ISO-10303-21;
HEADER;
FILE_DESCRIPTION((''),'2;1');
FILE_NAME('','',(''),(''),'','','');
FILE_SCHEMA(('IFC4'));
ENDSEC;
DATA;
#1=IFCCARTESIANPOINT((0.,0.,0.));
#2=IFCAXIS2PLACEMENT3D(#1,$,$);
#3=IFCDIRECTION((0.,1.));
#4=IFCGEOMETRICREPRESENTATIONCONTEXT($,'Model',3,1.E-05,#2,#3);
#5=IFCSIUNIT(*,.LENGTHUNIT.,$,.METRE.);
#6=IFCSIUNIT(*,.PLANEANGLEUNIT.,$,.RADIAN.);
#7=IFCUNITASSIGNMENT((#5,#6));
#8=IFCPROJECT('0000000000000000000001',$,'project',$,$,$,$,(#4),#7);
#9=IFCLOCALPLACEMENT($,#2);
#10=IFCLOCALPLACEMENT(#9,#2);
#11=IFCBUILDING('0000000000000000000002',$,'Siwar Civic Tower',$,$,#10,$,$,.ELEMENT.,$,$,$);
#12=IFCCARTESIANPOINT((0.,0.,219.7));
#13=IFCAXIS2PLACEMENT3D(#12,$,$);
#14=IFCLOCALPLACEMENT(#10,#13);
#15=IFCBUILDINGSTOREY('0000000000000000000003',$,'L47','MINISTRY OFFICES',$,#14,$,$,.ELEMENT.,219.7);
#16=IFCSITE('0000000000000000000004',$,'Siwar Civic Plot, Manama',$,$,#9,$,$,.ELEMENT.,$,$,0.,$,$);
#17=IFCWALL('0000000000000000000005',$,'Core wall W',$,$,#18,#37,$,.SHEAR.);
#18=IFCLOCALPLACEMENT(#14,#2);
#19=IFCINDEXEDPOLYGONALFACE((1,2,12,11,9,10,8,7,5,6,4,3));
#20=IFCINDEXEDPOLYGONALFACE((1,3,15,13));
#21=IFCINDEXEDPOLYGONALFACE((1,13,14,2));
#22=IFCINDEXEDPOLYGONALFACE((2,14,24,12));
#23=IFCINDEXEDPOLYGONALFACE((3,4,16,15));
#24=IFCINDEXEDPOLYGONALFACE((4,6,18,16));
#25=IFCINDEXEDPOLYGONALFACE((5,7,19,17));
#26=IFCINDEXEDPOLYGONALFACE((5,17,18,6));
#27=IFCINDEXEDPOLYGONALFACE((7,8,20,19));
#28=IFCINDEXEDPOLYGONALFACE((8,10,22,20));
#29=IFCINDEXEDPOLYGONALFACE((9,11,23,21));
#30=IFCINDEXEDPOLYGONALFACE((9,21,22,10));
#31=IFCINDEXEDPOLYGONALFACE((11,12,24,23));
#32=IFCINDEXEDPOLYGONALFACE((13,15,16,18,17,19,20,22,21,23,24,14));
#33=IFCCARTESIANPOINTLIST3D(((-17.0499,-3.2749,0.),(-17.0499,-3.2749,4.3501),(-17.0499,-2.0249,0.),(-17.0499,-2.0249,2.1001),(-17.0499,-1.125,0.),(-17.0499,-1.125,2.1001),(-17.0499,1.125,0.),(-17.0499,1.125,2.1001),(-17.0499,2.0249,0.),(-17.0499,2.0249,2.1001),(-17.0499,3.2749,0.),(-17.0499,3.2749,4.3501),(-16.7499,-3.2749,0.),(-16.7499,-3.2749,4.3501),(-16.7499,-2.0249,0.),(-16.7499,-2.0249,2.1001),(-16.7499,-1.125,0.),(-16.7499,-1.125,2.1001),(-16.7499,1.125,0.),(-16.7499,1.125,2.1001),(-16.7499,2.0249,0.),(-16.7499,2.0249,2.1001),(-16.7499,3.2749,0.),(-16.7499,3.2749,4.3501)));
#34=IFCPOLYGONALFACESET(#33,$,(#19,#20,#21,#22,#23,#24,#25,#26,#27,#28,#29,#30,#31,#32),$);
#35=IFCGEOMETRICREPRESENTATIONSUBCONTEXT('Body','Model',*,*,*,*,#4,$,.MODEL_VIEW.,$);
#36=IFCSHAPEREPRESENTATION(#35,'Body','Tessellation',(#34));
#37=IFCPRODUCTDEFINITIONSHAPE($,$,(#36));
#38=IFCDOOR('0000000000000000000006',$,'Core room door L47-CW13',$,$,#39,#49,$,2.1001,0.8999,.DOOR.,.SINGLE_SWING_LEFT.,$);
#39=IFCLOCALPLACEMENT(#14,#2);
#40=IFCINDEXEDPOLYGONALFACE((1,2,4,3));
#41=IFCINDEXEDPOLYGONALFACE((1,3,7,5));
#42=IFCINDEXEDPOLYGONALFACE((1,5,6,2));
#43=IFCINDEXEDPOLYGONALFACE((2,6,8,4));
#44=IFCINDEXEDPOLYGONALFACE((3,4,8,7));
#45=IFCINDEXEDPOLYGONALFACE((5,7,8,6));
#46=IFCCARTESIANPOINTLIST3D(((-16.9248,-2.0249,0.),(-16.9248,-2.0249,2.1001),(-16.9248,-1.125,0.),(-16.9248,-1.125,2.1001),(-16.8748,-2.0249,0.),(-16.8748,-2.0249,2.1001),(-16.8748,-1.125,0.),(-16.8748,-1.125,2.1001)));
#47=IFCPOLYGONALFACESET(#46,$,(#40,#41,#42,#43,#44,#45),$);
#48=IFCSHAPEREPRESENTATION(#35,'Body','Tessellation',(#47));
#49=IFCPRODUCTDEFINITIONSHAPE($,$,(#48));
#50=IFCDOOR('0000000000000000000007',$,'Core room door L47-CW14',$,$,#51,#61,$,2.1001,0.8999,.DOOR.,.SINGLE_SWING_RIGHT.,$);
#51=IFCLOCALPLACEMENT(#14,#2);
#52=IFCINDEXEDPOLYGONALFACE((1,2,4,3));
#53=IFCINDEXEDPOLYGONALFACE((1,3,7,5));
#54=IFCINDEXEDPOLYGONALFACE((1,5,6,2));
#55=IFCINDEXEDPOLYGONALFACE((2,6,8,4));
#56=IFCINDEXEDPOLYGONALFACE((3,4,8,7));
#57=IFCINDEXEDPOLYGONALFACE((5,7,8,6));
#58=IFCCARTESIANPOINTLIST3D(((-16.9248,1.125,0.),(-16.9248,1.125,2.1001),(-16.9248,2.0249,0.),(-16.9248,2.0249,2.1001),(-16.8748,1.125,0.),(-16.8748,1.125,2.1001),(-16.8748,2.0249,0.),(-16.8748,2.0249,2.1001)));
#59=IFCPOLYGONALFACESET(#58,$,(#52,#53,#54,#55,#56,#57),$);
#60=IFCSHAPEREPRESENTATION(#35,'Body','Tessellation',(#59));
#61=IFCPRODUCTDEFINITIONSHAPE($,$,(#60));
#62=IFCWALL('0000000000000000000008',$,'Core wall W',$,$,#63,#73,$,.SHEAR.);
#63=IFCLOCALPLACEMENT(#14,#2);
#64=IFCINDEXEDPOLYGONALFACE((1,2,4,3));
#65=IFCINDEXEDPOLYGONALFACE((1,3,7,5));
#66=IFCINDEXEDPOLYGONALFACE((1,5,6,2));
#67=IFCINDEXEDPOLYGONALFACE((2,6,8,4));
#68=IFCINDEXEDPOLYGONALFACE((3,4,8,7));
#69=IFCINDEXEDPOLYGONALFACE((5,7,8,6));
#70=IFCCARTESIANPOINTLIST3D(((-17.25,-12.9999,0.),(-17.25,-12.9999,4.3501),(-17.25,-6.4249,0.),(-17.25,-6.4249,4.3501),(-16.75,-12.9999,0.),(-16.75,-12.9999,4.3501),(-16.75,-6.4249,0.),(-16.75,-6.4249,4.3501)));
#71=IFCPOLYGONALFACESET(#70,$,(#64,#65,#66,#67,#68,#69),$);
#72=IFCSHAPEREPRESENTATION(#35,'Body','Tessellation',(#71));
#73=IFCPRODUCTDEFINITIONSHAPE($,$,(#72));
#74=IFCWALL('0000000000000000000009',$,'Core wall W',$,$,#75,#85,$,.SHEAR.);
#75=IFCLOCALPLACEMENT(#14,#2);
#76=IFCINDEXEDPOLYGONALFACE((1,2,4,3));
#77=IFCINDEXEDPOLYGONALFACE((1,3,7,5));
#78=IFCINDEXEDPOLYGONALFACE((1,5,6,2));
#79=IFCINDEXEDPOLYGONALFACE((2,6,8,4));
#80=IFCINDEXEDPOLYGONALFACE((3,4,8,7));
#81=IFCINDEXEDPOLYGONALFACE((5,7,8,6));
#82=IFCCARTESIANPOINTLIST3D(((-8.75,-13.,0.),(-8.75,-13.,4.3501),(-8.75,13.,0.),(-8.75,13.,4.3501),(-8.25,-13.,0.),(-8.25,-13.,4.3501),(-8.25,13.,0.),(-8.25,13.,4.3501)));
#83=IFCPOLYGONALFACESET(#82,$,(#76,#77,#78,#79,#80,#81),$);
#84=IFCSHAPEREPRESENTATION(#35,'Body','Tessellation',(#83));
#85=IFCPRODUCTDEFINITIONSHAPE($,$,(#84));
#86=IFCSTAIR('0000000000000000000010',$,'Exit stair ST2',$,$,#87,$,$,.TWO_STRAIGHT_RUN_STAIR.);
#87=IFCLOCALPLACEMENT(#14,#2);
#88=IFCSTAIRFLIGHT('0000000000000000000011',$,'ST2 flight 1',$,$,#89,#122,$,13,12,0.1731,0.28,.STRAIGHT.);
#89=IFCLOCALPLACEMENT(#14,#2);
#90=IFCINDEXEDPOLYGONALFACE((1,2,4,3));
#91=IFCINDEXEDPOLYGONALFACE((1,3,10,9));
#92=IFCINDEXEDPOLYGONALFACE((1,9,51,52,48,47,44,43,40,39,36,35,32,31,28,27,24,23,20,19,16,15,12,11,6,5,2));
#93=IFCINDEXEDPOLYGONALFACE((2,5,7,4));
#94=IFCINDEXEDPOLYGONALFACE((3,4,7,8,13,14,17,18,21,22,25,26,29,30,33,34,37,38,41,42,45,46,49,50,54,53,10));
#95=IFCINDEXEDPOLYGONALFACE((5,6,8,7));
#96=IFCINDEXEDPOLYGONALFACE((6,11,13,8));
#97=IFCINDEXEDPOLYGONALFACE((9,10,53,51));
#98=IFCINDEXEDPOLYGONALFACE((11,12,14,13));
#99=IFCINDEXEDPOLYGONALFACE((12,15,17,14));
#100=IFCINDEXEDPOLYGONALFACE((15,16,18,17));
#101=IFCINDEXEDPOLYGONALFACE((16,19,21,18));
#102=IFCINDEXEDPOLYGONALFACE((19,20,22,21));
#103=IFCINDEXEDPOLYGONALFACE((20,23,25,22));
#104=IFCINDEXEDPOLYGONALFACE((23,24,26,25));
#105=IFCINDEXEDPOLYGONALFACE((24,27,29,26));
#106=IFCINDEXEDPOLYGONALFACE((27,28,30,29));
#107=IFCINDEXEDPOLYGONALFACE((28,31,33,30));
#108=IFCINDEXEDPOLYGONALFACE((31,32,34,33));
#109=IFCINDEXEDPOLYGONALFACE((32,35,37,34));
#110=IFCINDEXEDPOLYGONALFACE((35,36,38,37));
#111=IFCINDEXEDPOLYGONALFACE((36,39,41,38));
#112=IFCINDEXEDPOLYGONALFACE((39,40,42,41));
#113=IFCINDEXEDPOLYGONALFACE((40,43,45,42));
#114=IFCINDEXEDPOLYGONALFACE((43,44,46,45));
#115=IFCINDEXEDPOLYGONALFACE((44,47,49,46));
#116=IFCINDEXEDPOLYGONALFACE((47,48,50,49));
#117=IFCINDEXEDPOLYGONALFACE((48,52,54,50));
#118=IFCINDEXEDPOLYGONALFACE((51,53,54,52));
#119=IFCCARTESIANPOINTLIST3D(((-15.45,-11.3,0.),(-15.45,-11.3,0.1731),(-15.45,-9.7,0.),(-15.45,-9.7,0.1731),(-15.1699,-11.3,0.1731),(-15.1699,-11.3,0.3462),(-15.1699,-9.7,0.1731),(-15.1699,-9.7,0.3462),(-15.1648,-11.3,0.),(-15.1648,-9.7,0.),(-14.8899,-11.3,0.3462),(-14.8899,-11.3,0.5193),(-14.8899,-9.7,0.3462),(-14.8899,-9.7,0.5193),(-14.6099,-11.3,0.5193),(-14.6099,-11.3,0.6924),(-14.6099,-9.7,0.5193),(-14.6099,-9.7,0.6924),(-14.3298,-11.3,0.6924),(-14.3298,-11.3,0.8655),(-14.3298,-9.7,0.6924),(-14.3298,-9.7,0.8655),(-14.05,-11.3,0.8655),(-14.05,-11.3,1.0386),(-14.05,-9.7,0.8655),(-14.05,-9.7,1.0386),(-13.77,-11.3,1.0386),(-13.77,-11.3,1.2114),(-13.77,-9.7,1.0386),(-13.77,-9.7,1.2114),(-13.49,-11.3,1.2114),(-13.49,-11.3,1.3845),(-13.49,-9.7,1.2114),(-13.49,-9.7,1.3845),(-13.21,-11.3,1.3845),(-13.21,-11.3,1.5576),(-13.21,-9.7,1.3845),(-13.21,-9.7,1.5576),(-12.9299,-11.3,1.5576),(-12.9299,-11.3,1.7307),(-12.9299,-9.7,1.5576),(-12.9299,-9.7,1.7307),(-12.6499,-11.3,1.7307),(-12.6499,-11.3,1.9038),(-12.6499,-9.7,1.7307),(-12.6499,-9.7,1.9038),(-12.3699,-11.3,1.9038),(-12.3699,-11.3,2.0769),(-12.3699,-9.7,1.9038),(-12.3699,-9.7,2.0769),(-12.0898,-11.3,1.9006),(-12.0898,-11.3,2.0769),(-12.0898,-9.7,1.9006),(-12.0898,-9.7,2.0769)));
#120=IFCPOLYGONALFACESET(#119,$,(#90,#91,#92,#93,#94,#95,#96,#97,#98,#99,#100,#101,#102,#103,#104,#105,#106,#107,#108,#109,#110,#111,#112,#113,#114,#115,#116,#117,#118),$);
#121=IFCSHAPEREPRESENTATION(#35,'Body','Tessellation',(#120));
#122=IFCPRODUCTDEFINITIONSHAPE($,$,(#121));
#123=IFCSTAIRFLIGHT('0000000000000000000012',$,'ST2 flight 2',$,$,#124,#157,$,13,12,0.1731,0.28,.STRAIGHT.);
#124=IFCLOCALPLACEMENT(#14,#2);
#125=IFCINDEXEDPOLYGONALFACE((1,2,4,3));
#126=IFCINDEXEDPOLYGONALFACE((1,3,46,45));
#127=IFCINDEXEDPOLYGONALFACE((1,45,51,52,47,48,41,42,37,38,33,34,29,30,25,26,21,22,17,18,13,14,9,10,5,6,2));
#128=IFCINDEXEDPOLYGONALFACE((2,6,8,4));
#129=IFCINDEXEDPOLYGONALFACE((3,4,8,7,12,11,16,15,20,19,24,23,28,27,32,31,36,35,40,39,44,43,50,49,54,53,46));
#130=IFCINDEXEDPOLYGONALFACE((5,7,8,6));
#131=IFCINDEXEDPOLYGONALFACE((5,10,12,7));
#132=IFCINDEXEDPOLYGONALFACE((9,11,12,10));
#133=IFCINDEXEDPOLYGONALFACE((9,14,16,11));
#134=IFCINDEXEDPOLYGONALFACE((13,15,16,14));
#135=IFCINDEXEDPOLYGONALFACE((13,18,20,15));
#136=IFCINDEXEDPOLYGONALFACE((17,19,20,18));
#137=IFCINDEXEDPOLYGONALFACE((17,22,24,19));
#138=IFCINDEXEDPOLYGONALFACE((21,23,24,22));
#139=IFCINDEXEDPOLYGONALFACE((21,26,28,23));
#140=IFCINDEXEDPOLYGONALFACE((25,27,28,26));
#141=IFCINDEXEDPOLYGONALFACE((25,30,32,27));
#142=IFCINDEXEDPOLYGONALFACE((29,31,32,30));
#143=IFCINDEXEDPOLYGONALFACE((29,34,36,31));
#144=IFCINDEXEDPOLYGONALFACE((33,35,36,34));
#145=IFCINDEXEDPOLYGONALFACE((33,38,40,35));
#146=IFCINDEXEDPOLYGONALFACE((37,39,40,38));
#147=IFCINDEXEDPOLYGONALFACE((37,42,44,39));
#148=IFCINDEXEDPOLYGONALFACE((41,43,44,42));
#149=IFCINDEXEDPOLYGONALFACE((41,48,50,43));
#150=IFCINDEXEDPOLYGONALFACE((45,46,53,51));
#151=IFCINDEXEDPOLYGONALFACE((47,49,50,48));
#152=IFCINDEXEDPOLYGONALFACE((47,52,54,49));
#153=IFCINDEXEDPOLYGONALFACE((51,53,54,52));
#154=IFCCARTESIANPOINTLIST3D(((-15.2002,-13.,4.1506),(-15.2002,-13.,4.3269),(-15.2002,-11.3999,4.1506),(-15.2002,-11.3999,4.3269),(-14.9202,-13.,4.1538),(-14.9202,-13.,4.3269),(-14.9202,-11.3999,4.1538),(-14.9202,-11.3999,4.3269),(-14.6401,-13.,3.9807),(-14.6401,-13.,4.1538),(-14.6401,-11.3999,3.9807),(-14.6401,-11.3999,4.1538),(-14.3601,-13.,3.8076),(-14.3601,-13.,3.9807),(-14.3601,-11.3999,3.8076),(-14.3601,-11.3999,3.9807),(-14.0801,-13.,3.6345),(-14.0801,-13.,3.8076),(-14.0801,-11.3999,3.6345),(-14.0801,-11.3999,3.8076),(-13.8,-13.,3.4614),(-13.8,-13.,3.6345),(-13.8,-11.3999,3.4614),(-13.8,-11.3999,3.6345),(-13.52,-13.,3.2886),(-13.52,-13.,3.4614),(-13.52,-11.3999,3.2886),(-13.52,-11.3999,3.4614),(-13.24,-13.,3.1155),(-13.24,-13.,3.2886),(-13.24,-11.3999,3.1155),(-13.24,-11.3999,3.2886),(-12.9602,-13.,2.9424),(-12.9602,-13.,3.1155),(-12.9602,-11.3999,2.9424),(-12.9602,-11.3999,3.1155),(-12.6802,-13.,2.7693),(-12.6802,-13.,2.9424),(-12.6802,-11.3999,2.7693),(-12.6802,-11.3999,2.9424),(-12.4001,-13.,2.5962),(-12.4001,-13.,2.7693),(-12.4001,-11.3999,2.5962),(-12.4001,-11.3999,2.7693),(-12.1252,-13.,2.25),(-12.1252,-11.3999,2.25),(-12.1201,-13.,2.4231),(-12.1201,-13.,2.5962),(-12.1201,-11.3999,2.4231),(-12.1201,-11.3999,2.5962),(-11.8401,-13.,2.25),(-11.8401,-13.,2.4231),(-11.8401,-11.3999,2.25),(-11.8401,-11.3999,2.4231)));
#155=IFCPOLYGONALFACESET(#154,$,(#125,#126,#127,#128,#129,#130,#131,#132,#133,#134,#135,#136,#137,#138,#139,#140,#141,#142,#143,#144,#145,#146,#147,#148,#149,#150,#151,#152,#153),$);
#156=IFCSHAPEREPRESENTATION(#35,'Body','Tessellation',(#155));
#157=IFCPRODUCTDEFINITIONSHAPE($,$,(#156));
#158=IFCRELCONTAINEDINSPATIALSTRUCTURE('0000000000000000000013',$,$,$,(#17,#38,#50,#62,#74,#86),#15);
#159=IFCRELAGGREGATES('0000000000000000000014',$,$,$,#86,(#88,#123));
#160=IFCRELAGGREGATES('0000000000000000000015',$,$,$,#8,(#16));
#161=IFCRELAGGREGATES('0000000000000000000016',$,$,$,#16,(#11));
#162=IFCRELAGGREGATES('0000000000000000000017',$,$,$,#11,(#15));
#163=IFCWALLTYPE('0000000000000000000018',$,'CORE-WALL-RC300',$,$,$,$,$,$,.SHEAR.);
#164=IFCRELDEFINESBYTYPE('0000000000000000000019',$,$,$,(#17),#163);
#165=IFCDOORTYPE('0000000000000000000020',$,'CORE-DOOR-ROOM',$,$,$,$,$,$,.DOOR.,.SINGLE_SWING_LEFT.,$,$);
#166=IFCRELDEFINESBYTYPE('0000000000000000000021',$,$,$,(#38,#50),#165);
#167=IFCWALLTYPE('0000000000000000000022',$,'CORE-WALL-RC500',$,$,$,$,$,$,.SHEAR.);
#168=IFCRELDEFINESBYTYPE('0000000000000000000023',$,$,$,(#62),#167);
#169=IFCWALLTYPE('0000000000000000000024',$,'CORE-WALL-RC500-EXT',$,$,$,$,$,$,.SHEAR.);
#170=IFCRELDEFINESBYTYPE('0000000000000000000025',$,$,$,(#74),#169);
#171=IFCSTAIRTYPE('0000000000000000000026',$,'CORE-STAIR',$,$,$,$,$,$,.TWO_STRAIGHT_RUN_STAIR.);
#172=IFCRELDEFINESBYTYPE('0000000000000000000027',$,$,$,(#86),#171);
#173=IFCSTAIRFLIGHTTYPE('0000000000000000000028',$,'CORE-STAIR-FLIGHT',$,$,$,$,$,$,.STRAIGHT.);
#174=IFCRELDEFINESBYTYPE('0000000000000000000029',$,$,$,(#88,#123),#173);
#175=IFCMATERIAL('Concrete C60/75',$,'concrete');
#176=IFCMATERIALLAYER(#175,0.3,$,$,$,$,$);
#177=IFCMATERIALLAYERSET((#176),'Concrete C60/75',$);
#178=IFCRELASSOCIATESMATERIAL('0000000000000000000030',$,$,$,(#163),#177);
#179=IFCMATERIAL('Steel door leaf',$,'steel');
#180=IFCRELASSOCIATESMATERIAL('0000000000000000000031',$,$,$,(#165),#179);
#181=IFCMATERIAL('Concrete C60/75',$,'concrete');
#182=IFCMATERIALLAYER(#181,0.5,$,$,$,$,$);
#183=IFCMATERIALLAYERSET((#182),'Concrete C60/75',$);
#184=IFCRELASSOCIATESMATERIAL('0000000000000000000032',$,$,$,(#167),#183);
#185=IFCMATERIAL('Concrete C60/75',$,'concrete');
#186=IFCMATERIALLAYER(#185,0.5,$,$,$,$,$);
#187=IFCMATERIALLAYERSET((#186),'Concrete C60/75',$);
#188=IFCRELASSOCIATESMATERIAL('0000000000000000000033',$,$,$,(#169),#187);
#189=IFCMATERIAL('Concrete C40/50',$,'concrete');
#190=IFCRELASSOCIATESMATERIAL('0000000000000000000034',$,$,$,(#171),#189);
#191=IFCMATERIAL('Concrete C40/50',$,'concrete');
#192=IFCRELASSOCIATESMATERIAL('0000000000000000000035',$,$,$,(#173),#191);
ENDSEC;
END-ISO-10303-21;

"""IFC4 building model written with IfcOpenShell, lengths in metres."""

from ifc_helpers import new_model, si_unit, direction, frame, frame_2d, origin, place, context, subcontext, project, spatial, polyline, rectangle, outline, extrude, material, layer, layer_set, type_object, element, fill, aggregate, save


model = new_model("IFC4")

# Units and contexts
model_context = context("Model", 3, precision=1e-05, world=origin(), true_north=direction((0.0, 1.0)))
body_context = subcontext(model_context, "Body", "Model", "MODEL_VIEW")
ifc_project = project(units=[si_unit("LENGTHUNIT", "METRE"), si_unit("PLANEANGLEUNIT", "RADIAN")], contexts=[model_context])

# Site, building, storey
site_placement = place(None, origin())
site = spatial("IfcSite", under=ifc_project, at=site_placement, Name="Siwar Civic Plot, Manama", CompositionType="ELEMENT", RefElevation=0.0)
building_placement = place(site_placement, origin())
building = spatial("IfcBuilding", under=site, at=building_placement, Name="Siwar Civic Tower", CompositionType="ELEMENT")
storey_placement = place(building_placement, frame((0.0, 0.0, 219.7)))
storey = spatial("IfcBuildingStorey", under=building, at=storey_placement, Name="L47", Description="MINISTRY OFFICES", CompositionType="ELEMENT", Elevation=219.7)

# Wall, openings, doors
ifc_material_1 = material(Name="Concrete C60/75", Category="concrete")
ifc_layer_1 = layer(ifc_material_1, 0.3)
ifc_layer_set_1 = layer_set([ifc_layer_1], Name="Concrete C60/75")
wall_type_1 = type_object("IfcWallType", Name="CORE-WALL-RC300", PredefinedType="SHEAR", material=ifc_layer_set_1)
wall_1_placement = place(storey_placement, frame((-16.8999, -3.2749, 0.0), z_axis=(0.0, 0.0, 1.0), x_axis=(0.0, 1.0, 0.0)))
wall_1 = element("IfcWall", 1, at=wall_1_placement, inside=storey, type_object=wall_type_1, Name="Core wall W", PredefinedType="SHEAR", context=body_context, shape_type="SweptSolid", body=[
    extrude(rectangle(XDim=6.5498, YDim=0.3, at=frame_2d((3.2749, 0.0))), origin(), (0.0, 0.0, 1.0), 4.3501),
])
opening_1_placement = place(wall_1_placement, frame((1.25, 0.0, 0.0)))
opening_1 = element("IfcOpeningElement", 2, at=opening_1_placement, cuts=wall_1, PredefinedType="OPENING", context=body_context, shape_type="SweptSolid", body=[
    extrude(rectangle(XDim=0.8999, YDim=2.1001, at=frame_2d((0.45, 1.05))), frame((0.0, 0.1602, 0.0), z_axis=(0.0, -1.0, 0.0), x_axis=(1.0, 0.0, 0.0)), (0.0, 0.0, 1.0), 0.3201),
])
opening_2_placement = place(wall_1_placement, frame((4.3999, 0.0, 0.0)))
opening_2 = element("IfcOpeningElement", 3, at=opening_2_placement, cuts=wall_1, PredefinedType="OPENING", context=body_context, shape_type="SweptSolid", body=[
    extrude(rectangle(XDim=0.8999, YDim=2.1001, at=frame_2d((0.45, 1.05))), frame((0.0, 0.1602, 0.0), z_axis=(0.0, -1.0, 0.0), x_axis=(1.0, 0.0, 0.0)), (0.0, 0.0, 1.0), 0.3201),
])
ifc_material_2 = material(Name="Steel door leaf", Category="steel")
door_type_1 = type_object("IfcDoorType", Name="CORE-DOOR-ROOM", OperationType="SINGLE_SWING_LEFT", PredefinedType="DOOR", material=ifc_material_2)
door_1_placement = place(opening_1_placement, origin())
door_1 = element("IfcDoor", 4, at=door_1_placement, inside=storey, type_object=door_type_1, Name="Core room door L47-CW13", OperationType="SINGLE_SWING_LEFT", OverallHeight=2.1001, OverallWidth=0.8999, PredefinedType="DOOR", context=body_context, shape_type="SweptSolid", body=[
    extrude(rectangle(XDim=0.8999, YDim=2.1001, at=frame_2d((0.45, 1.05))), frame((0.0, 0.0249, 0.0), z_axis=(0.0, -1.0, 0.0), x_axis=(1.0, 0.0, 0.0)), (0.0, 0.0, 1.0), 0.05),
])
fill(opening_1, door_1)
door_2_placement = place(opening_2_placement, origin())
door_2 = element("IfcDoor", 5, at=door_2_placement, inside=storey, type_object=door_type_1, Name="Core room door L47-CW14", OperationType="SINGLE_SWING_RIGHT", OverallHeight=2.1001, OverallWidth=0.8999, PredefinedType="DOOR", context=body_context, shape_type="SweptSolid", body=[
    extrude(rectangle(XDim=0.8999, YDim=2.1001, at=frame_2d((0.45, 1.05))), frame((0.0, 0.0249, 0.0), z_axis=(0.0, -1.0, 0.0), x_axis=(1.0, 0.0, 0.0)), (0.0, 0.0, 1.0), 0.05),
])
fill(opening_2, door_2)

# Walls
ifc_material_3 = material(Name="Concrete C60/75", Category="concrete")
ifc_layer_2 = layer(ifc_material_3, 0.5)
ifc_layer_set_2 = layer_set([ifc_layer_2], Name="Concrete C60/75")
wall_type_2 = type_object("IfcWallType", Name="CORE-WALL-RC500", PredefinedType="SHEAR", material=ifc_layer_set_2)
wall_2_placement = place(storey_placement, frame((-17.0, -13.0, 0.0), z_axis=(0.0, 0.0, 1.0), x_axis=(0.0, 1.0, 0.0)))
element("IfcWall", 6, at=wall_2_placement, inside=storey, type_object=wall_type_2, Name="Core wall W", PredefinedType="SHEAR", context=body_context, shape_type="SweptSolid", body=[
    extrude(rectangle(XDim=6.575, YDim=0.5, at=frame_2d((3.2876, 0.0))), origin(), (0.0, 0.0, 1.0), 4.3501),
])
ifc_material_4 = material(Name="Concrete C60/75", Category="concrete")
ifc_layer_3 = layer(ifc_material_4, 0.5)
ifc_layer_set_3 = layer_set([ifc_layer_3], Name="Concrete C60/75")
wall_type_3 = type_object("IfcWallType", Name="CORE-WALL-RC500-EXT", PredefinedType="SHEAR", material=ifc_layer_set_3)
wall_3_placement = place(storey_placement, frame((-8.5, -13.0, 0.0), z_axis=(0.0, 0.0, 1.0), x_axis=(0.0, 1.0, 0.0)))
element("IfcWall", 7, at=wall_3_placement, inside=storey, type_object=wall_type_3, Name="Core wall W", PredefinedType="SHEAR", context=body_context, shape_type="SweptSolid", body=[
    extrude(rectangle(XDim=26.0, YDim=0.5, at=frame_2d((13.0, 0.0))), origin(), (0.0, 0.0, 1.0), 4.3501),
])

# Stair, stair flights
ifc_material_5 = material(Name="Concrete C40/50", Category="concrete")
stair_type = type_object("IfcStairType", Name="CORE-STAIR", PredefinedType="TWO_STRAIGHT_RUN_STAIR", material=ifc_material_5)
stair_placement = place(storey_placement, origin())
stair = element("IfcStair", 8, at=stair_placement, inside=storey, type_object=stair_type, Name="Exit stair ST2", PredefinedType="TWO_STRAIGHT_RUN_STAIR")
ifc_material_6 = material(Name="Concrete C40/50", Category="concrete")
stair_flight_type = type_object("IfcStairFlightType", Name="CORE-STAIR-FLIGHT", PredefinedType="STRAIGHT", material=ifc_material_6)
stair_flight_1_placement = place(storey_placement, frame((-15.45, -10.5, 0.0), z_axis=(0.0, 0.0, 1.0), x_axis=(1.0, 0.0, 0.0)))
stair_flight_1 = element("IfcStairFlight", 9, at=stair_flight_1_placement, type_object=stair_flight_type, Name="ST2 flight 1", NumberOfRisers=13, NumberOfTreads=12, PredefinedType="STRAIGHT", RiserHeight=0.1731, TreadLength=0.28, context=body_context, shape_type="SweptSolid", body=[
    extrude(outline(polyline([(0.0, 0.0), (0.0, 0.1731), (0.28, 0.1731), (0.28, 0.3462), (0.5601, 0.3462), (0.5601, 0.5193), (0.8401, 0.5193), (0.8401, 0.6924), (1.1201, 0.6924), (1.1201, 0.8655), (1.3999, 0.8655), (1.3999, 1.0386), (1.6799, 1.0386), (1.6799, 1.2114), (1.96, 1.2114), (1.96, 1.3845), (2.24, 1.3845), (2.24, 1.5576), (2.52, 1.5576), (2.52, 1.7307), (2.8, 1.7307), (2.8, 1.9038), (3.0801, 1.9038), (3.0801, 2.0769), (3.3601, 2.0769), (3.3601, 2.25), (3.3601, 1.9006), (0.2852, 0.0), (0.0, 0.0)])), frame((0.0, 0.8, 0.0), z_axis=(0.0, -1.0, 0.0), x_axis=(1.0, 0.0, 0.0)), (0.0, 0.0, 1.0), 1.6001),
])
stair_flight_2_placement = place(storey_placement, frame((-11.8401, -12.2, 2.25), z_axis=(0.0, 0.0, 1.0), x_axis=(-1.0, 0.0, 0.0)))
stair_flight_2 = element("IfcStairFlight", 10, at=stair_flight_2_placement, type_object=stair_flight_type, Name="ST2 flight 2", NumberOfRisers=13, NumberOfTreads=12, PredefinedType="STRAIGHT", RiserHeight=0.1731, TreadLength=0.28, context=body_context, shape_type="SweptSolid", body=[
    extrude(outline(polyline([(0.0, 0.0), (0.0, 0.1731), (0.28, 0.1731), (0.28, 0.3462), (0.5601, 0.3462), (0.5601, 0.5193), (0.8401, 0.5193), (0.8401, 0.6924), (1.1201, 0.6924), (1.1201, 0.8655), (1.3999, 0.8655), (1.3999, 1.0386), (1.6799, 1.0386), (1.6799, 1.2114), (1.96, 1.2114), (1.96, 1.3845), (2.24, 1.3845), (2.24, 1.5576), (2.52, 1.5576), (2.52, 1.7307), (2.8, 1.7307), (2.8, 1.9038), (3.0801, 1.9038), (3.0801, 2.0769), (3.3601, 2.0769), (3.3601, 2.25), (3.3601, 1.9006), (0.2852, 0.0), (0.0, 0.0)])), frame((0.0, 0.8, 0.0), z_axis=(0.0, -1.0, 0.0), x_axis=(1.0, 0.0, 0.0)), (0.0, 0.0, 1.0), 1.6001),
])
aggregate(stair, [stair_flight_1, stair_flight_2])

save(model, "model.ifc")
